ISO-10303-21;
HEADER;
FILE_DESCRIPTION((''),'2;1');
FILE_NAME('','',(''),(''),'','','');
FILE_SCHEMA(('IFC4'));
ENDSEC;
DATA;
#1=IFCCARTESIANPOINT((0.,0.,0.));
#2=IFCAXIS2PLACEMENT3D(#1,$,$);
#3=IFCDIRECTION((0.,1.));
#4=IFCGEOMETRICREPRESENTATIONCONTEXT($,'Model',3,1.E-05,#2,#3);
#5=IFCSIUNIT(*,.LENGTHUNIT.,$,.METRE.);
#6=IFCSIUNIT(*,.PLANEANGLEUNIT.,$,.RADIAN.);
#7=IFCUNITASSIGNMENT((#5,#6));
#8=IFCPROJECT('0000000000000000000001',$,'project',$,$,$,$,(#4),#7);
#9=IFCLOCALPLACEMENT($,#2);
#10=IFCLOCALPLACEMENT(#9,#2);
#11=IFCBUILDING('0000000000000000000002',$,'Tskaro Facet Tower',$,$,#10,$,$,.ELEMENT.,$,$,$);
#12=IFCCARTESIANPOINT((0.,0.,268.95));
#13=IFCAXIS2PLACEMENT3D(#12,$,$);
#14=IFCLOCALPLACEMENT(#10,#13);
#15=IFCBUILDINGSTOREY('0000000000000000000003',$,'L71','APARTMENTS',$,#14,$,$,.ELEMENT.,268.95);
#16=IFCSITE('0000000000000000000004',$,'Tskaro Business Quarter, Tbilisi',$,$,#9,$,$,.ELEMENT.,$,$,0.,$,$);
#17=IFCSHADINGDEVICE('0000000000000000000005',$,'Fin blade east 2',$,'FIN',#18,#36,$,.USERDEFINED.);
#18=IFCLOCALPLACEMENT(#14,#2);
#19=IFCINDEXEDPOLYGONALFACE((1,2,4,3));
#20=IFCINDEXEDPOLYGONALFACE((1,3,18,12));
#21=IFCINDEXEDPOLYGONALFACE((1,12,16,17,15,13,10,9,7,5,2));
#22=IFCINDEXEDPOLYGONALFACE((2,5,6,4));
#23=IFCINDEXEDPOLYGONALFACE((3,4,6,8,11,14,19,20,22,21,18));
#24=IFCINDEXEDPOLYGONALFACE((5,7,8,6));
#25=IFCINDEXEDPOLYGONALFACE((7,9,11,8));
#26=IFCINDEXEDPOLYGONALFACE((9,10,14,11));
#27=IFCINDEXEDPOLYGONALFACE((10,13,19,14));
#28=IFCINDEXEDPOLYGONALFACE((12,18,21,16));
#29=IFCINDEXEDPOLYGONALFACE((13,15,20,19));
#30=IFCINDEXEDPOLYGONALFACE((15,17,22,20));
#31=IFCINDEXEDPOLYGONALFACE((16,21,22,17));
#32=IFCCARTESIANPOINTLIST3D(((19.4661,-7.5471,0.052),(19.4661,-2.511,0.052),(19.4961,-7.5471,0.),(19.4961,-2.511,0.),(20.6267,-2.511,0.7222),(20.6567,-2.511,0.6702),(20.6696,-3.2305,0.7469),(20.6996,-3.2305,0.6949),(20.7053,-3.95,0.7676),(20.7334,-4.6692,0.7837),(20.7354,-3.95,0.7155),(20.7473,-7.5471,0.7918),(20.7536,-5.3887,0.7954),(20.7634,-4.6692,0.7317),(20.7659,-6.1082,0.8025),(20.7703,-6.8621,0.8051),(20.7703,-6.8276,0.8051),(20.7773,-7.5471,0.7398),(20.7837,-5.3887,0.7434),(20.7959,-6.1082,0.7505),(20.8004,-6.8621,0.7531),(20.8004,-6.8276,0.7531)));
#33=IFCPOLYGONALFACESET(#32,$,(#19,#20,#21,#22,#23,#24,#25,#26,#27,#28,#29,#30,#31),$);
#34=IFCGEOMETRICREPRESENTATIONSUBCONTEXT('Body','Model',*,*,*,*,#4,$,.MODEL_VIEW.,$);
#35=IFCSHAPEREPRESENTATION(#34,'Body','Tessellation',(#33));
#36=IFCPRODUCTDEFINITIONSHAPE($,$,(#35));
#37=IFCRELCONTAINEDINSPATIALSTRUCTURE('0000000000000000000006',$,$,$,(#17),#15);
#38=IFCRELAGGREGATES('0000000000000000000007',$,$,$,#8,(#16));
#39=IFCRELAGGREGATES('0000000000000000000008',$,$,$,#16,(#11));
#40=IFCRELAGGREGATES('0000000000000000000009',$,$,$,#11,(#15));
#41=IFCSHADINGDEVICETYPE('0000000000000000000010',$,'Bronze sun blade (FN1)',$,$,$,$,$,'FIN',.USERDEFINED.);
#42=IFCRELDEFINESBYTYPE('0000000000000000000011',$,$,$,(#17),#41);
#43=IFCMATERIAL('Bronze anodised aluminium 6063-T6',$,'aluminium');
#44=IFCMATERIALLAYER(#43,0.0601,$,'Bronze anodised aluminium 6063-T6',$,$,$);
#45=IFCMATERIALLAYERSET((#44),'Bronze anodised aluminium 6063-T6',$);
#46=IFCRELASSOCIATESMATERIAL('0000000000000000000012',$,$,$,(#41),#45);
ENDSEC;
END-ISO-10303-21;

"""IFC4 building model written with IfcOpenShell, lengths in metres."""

from ifc_helpers import new_model, si_unit, direction, frame, origin, place, context, subcontext, project, spatial, polyline, outline, extrude, material, layer, layer_set, type_object, element, save


model = new_model("IFC4")

# Units and contexts
model_context = context("Model", 3, precision=1e-05, world=origin(), true_north=direction((0.0, 1.0)))
body_context = subcontext(model_context, "Body", "Model", "MODEL_VIEW")
ifc_project = project(units=[si_unit("LENGTHUNIT", "METRE"), si_unit("PLANEANGLEUNIT", "RADIAN")], contexts=[model_context])

# Site, building, storey
site_placement = place(None, origin())
site = spatial("IfcSite", under=ifc_project, at=site_placement, Name="Tskaro Business Quarter, Tbilisi", CompositionType="ELEMENT", RefElevation=0.0)
building_placement = place(site_placement, origin())
building = spatial("IfcBuilding", under=site, at=building_placement, Name="Tskaro Facet Tower", CompositionType="ELEMENT")
storey_placement = place(building_placement, frame((0.0, 0.0, 268.95)))
storey = spatial("IfcBuildingStorey", under=building, at=storey_placement, Name="L71", Description="APARTMENTS", CompositionType="ELEMENT", Elevation=268.95)

# Shared definitions
ifc_material_1 = material(Name="Bronze anodised aluminium 6063-T6", Category="aluminium")

# Shading device
ifc_layer_1 = layer(ifc_material_1, 0.0601, Name="Bronze anodised aluminium 6063-T6")
ifc_layer_set_1 = layer_set([ifc_layer_1], Name="Bronze anodised aluminium 6063-T6")
shading_device_type = type_object("IfcShadingDeviceType", Name="Bronze sun blade (FN1)", ElementType="FIN", PredefinedType="USERDEFINED", material=ifc_layer_set_1)
shading_device_1_placement = place(storey_placement, frame((19.4661, -7.5471, 0.052), z_axis=(-0.500022, -0.000004, 0.866013), x_axis=(-0.000002, 1.0, 0.000003)))
element("IfcShadingDevice", 1, at=shading_device_1_placement, inside=storey, type_object=shading_device_type, Name="Fin blade east 2", ObjectType="FIN", PredefinedType="USERDEFINED", context=body_context, shape_type="SweptSolid", body=[
    extrude(outline(polyline([(0.0, 0.0), (5.0361, 0.0), (5.0361, -1.3402), (4.3167, -1.3898), (3.5972, -1.431), (2.8779, -1.4634), (2.1584, -1.4868), (1.439, -1.5009), (0.7195, -1.5061), (0.6851, -1.5061), (0.0, -1.4795), (0.0, 0.0)])), origin(), (0.0, 0.0, -1.0), 0.0601),
])

save(model, "model.ifc")
